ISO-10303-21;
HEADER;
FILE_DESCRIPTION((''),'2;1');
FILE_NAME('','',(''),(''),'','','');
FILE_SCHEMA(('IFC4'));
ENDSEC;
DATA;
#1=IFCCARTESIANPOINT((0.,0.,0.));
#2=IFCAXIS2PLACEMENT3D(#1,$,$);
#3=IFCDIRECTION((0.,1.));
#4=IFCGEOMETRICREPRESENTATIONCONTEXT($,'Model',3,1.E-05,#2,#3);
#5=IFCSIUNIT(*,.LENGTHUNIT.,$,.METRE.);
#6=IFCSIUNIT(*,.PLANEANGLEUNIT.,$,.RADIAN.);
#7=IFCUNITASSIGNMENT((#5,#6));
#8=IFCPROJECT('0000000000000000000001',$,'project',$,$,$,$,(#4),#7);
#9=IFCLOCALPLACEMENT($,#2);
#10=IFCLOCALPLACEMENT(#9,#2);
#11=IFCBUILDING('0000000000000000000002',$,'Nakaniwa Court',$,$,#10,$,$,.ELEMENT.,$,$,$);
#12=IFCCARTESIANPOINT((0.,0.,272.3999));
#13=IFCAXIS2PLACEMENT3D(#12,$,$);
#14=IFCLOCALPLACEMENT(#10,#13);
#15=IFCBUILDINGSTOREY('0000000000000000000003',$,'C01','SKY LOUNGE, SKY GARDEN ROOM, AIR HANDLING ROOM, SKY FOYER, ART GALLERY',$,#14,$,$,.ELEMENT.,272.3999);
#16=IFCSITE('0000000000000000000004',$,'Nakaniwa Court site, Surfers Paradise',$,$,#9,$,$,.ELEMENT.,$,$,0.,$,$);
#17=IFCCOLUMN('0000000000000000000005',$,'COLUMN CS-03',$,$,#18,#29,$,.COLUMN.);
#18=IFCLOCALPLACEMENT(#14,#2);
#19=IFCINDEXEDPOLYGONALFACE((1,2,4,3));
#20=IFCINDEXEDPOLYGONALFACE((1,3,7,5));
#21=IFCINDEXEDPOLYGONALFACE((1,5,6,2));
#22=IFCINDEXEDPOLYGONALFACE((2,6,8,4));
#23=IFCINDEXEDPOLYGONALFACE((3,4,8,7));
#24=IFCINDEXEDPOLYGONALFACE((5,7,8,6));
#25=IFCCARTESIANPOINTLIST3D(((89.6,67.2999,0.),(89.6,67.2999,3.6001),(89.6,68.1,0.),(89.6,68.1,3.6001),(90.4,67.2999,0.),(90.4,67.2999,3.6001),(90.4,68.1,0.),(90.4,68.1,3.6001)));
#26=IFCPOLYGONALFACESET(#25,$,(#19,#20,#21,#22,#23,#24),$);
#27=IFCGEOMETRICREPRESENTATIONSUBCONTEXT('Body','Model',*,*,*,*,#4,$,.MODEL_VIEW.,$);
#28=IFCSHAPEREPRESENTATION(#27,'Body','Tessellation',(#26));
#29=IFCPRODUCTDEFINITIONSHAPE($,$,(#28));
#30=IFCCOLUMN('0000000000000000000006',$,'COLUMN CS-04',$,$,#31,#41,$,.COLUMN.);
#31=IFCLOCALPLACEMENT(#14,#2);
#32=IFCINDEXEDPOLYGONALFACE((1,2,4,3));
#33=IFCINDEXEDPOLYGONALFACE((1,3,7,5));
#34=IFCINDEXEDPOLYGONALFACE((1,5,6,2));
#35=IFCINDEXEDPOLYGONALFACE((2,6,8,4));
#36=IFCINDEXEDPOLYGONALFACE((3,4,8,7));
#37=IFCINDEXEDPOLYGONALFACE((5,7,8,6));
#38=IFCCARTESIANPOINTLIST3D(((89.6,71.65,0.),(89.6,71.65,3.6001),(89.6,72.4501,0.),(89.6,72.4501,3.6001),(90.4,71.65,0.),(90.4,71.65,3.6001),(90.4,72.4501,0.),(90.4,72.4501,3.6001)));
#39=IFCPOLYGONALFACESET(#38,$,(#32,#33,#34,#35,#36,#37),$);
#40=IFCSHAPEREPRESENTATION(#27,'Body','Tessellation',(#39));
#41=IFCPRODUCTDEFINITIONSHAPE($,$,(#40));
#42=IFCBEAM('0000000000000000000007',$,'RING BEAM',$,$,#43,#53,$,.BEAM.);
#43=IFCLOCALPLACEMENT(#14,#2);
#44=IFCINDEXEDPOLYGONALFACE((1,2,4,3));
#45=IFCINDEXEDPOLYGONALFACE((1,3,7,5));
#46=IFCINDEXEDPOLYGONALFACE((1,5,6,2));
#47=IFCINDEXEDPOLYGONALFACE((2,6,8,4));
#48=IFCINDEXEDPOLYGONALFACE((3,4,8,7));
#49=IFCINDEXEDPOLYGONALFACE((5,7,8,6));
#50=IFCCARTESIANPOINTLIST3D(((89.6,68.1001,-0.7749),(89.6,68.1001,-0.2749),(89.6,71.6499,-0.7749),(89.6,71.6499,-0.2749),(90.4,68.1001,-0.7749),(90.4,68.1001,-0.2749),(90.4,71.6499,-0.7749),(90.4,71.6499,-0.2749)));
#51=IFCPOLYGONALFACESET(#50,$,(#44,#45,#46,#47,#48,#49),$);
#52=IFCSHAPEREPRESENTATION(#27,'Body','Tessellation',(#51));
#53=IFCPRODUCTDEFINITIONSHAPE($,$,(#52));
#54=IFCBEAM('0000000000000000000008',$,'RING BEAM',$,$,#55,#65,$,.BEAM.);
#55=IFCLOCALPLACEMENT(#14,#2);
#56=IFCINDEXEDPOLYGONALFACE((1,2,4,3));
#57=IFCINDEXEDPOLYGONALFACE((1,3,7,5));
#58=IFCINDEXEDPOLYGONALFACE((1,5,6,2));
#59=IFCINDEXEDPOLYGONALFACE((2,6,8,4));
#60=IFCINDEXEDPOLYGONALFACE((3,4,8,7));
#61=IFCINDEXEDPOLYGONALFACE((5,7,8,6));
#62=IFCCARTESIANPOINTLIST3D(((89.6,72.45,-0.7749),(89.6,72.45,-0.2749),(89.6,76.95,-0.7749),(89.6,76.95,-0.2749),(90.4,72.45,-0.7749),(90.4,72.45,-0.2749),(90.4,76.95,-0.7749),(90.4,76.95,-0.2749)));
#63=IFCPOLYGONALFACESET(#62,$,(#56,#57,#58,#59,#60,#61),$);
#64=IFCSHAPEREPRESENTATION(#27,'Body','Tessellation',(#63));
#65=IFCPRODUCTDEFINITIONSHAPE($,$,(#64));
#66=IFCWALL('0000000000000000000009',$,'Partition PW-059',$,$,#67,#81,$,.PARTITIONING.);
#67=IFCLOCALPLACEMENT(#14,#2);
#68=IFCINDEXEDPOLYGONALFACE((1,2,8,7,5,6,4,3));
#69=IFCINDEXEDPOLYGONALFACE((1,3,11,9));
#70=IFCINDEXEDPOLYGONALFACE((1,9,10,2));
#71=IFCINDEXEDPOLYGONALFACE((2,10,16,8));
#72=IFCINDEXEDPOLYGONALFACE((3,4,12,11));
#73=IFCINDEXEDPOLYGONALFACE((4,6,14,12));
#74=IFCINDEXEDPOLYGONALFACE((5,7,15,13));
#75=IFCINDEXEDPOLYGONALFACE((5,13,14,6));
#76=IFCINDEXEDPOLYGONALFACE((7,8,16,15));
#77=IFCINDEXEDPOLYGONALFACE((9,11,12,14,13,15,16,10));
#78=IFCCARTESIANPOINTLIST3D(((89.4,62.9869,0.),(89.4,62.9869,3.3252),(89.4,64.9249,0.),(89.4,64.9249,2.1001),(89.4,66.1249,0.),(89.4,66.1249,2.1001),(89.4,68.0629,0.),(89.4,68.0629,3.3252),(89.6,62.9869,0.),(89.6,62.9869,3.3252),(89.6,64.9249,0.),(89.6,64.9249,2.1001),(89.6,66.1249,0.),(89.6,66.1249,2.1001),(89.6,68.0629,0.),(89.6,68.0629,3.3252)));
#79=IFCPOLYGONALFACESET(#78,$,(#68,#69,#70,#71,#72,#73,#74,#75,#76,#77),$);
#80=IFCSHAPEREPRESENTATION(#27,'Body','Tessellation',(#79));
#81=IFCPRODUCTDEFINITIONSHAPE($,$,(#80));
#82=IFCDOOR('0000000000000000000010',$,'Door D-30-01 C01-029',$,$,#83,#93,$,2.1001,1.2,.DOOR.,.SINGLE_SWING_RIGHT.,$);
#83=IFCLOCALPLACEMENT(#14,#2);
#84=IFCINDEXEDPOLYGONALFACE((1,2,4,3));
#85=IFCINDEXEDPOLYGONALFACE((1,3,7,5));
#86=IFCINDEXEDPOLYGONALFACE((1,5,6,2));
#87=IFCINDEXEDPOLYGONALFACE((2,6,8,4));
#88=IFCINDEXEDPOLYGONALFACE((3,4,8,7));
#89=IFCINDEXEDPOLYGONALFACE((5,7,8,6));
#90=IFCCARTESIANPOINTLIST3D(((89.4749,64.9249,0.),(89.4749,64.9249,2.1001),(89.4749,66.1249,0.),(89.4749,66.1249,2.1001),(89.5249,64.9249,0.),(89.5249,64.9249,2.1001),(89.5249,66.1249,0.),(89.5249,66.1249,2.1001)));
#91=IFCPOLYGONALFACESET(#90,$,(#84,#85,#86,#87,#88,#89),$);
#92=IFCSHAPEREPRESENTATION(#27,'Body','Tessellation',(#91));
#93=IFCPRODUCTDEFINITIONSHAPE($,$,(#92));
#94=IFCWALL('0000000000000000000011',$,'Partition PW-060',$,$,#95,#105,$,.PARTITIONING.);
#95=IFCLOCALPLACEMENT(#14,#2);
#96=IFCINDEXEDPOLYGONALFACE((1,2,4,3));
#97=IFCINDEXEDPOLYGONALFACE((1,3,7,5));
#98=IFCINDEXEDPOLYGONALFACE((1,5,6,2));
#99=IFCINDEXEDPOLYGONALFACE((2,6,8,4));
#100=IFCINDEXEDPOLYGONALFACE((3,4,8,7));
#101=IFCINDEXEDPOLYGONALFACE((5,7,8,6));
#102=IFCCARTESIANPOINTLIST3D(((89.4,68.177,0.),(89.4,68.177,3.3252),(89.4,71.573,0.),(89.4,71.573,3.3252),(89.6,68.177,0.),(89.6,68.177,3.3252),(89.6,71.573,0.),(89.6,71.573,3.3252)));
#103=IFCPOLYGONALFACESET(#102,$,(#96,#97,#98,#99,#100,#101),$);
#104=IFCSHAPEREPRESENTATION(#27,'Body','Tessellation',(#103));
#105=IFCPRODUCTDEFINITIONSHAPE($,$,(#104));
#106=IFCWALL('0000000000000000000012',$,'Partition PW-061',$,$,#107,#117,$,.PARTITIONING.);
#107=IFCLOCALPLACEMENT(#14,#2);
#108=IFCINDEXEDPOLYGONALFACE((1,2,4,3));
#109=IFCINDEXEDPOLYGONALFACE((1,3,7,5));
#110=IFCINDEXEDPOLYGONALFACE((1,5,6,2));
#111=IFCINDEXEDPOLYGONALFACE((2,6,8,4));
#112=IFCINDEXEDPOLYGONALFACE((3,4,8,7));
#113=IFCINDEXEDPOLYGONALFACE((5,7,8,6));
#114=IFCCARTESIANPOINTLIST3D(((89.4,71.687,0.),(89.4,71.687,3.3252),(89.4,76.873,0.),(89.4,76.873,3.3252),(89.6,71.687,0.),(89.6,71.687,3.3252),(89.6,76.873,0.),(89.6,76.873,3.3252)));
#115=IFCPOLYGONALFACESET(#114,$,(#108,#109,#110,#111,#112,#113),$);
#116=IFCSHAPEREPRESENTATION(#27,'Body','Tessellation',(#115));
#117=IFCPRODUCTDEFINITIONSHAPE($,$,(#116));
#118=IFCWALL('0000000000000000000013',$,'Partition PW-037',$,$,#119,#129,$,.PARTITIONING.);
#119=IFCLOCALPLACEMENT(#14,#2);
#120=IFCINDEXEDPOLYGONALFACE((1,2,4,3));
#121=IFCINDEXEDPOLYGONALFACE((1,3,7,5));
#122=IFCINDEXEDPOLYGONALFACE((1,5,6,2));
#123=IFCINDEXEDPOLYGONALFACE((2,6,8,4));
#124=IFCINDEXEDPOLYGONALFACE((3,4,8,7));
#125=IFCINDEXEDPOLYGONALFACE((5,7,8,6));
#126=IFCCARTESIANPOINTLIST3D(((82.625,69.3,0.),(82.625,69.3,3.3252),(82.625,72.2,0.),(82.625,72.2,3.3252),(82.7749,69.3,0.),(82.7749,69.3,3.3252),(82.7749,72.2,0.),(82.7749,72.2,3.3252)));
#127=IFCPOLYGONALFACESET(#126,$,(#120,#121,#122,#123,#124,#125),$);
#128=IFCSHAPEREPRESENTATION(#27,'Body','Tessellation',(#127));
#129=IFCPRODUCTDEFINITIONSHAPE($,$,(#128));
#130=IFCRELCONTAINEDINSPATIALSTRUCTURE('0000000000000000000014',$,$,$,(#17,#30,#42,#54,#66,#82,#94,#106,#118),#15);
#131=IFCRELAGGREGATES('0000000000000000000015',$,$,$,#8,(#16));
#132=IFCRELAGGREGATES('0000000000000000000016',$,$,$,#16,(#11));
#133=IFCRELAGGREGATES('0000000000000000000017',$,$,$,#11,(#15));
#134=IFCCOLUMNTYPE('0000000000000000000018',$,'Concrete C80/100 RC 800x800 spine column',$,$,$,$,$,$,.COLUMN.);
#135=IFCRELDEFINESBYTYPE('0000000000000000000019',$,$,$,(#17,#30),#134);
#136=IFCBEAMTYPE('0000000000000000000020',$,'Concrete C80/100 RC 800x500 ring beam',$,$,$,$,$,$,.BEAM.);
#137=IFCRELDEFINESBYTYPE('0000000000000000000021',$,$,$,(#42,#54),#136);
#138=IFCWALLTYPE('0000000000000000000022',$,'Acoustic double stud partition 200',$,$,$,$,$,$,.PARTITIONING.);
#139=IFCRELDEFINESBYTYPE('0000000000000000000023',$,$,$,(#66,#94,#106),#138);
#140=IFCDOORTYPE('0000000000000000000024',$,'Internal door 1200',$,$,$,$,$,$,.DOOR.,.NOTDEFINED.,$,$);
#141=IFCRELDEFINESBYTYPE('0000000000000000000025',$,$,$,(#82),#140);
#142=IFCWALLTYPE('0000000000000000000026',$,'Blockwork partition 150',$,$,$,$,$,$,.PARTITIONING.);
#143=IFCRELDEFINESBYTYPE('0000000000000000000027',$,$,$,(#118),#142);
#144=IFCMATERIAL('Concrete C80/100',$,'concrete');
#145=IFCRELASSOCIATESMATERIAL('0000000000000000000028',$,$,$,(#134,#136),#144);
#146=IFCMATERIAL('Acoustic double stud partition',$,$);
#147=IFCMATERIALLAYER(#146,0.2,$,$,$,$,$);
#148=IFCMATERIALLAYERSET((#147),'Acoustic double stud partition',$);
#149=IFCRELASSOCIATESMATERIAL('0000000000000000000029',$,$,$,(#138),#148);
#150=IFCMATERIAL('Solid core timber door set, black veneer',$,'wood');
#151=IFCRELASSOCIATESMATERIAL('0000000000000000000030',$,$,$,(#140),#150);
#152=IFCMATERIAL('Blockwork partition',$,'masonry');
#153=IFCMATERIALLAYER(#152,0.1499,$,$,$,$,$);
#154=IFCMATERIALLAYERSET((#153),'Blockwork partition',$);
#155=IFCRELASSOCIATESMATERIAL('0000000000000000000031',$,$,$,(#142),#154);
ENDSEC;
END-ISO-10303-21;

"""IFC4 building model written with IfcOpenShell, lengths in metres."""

from ifc_helpers import new_model, si_unit, direction, frame, frame_2d, origin, origin_2d, place, context, subcontext, project, spatial, rectangle, extrude, material, layer, layer_set, material_profile, profile_set, type_object, element, fill, save


model = new_model("IFC4")

# Units and contexts
model_context = context("Model", 3, precision=1e-05, world=origin(), true_north=direction((0.0, 1.0)))
body_context = subcontext(model_context, "Body", "Model", "MODEL_VIEW")
ifc_project = project(units=[si_unit("LENGTHUNIT", "METRE"), si_unit("PLANEANGLEUNIT", "RADIAN")], contexts=[model_context])

# Site, building, storey
site_placement = place(None, origin())
site = spatial("IfcSite", under=ifc_project, at=site_placement, Name="Nakaniwa Court site, Surfers Paradise", CompositionType="ELEMENT", RefElevation=0.0)
building_placement = place(site_placement, origin())
building = spatial("IfcBuilding", under=site, at=building_placement, Name="Nakaniwa Court", CompositionType="ELEMENT")
storey_placement = place(building_placement, frame((0.0, 0.0, 272.3999)))
storey = spatial("IfcBuildingStorey", under=building, at=storey_placement, Name="C01", Description="SKY LOUNGE, SKY GARDEN ROOM, AIR HANDLING ROOM, SKY FOYER, ART GALLERY", CompositionType="ELEMENT", Elevation=272.3999)

# Columns
ifc_material_1 = material(Name="Concrete C80/100", Category="concrete")
ifc_material_profile_1 = material_profile(ifc_material_1, rectangle(XDim=0.8, YDim=0.8, at=origin_2d()), Name="Concrete C80/100 RC 800x800 spine column")
ifc_profile_set_1 = profile_set([ifc_material_profile_1], Name="Concrete C80/100")
column_type = type_object("IfcColumnType", Name="Concrete C80/100 RC 800x800 spine column", PredefinedType="COLUMN", material=ifc_profile_set_1)
for number, where, z_axis, x_axis, name in (
    (1, (90.0, 67.7, 0.0), (0.0, 0.0, 1.0), (0.0, 1.0, 0.0), "COLUMN CS-03"),
    (2, (90.0, 72.05, 0.0), (0.0, 0.0, 1.0), (0.0, 1.0, 0.0), "COLUMN CS-04"),
):
    element("IfcColumn", number, at=place(storey_placement, frame(where, z_axis=z_axis, x_axis=x_axis)), inside=storey, type_object=column_type, Name=name, PredefinedType="COLUMN", context=body_context, shape_type="SweptSolid", body=[
        extrude(rectangle(XDim=0.8, YDim=0.8, at=origin_2d()), origin(), (0.0, 0.0, 1.0), 3.6001),
    ])

# Beams
ifc_material_profile_2 = material_profile(ifc_material_1, rectangle(XDim=0.8, YDim=0.5, at=origin_2d()), Name="Concrete C80/100 RC 800x500 ring beam")
ifc_profile_set_2 = profile_set([ifc_material_profile_2], Name="Concrete C80/100")
beam_type = type_object("IfcBeamType", Name="Concrete C80/100 RC 800x500 ring beam", PredefinedType="BEAM", material=ifc_profile_set_2)
beam_1_placement = place(storey_placement, frame((90.0, 68.1001, -0.5249), z_axis=(0.0, 1.0, 0.0), x_axis=(-1.0, 0.0, 0.0)))
element("IfcBeam", 3, at=beam_1_placement, inside=storey, type_object=beam_type, Name="RING BEAM", PredefinedType="BEAM", context=body_context, shape_type="SweptSolid", body=[
    extrude(rectangle(XDim=0.8, YDim=0.5, at=origin_2d()), origin(), (0.0, 0.0, 1.0), 3.5498),
])
beam_2_placement = place(storey_placement, frame((90.0, 72.45, -0.5249), z_axis=(0.0, 1.0, 0.0), x_axis=(-1.0, 0.0, 0.0)))
element("IfcBeam", 4, at=beam_2_placement, inside=storey, type_object=beam_type, Name="RING BEAM", PredefinedType="BEAM", context=body_context, shape_type="SweptSolid", body=[
    extrude(rectangle(XDim=0.8, YDim=0.5, at=origin_2d()), origin(), (0.0, 0.0, 1.0), 4.5),
])

# Wall, opening, door
ifc_material_2 = material(Name="Acoustic double stud partition")
ifc_layer_1 = layer(ifc_material_2, 0.2)
ifc_layer_set_1 = layer_set([ifc_layer_1], Name="Acoustic double stud partition")
wall_type_1 = type_object("IfcWallType", Name="Acoustic double stud partition 200", PredefinedType="PARTITIONING", material=ifc_layer_set_1)
wall_1_placement = place(storey_placement, frame((89.5, 68.063, 0.0), z_axis=(0.0, 0.0, 1.0), x_axis=(0.0, -1.0, 0.0)))
wall_1 = element("IfcWall", 5, at=wall_1_placement, inside=storey, type_object=wall_type_1, Name="Partition PW-059", PredefinedType="PARTITIONING", context=body_context, shape_type="SweptSolid", body=[
    extrude(rectangle(XDim=5.0759, YDim=0.2, at=frame_2d((2.5381, 0.0))), origin(), (0.0, 0.0, 1.0), 3.3252),
])
opening_1_placement = place(wall_1_placement, frame((1.938, 0.0, 0.0)))
opening_1 = element("IfcOpeningElement", 6, at=opening_1_placement, cuts=wall_1, PredefinedType="OPENING", context=body_context, shape_type="SweptSolid", body=[
    extrude(rectangle(XDim=1.2, YDim=2.1001, at=frame_2d((0.6001, 1.05))), frame((0.0, 0.1099, 0.0), z_axis=(0.0, -1.0, 0.0), x_axis=(1.0, 0.0, 0.0)), (0.0, 0.0, 1.0), 0.22),
])
ifc_material_3 = material(Name="Solid core timber door set, black veneer", Category="wood")
door_type_1 = type_object("IfcDoorType", Name="Internal door 1200", OperationType="NOTDEFINED", PredefinedType="DOOR", material=ifc_material_3)
door_1_placement = place(opening_1_placement, origin())
door_1 = element("IfcDoor", 7, at=door_1_placement, inside=storey, type_object=door_type_1, Name="Door D-30-01 C01-029", OperationType="SINGLE_SWING_RIGHT", OverallHeight=2.1001, OverallWidth=1.2, PredefinedType="DOOR", context=body_context, shape_type="SweptSolid", body=[
    extrude(rectangle(XDim=1.2, YDim=2.1001, at=frame_2d((0.6001, 1.05))), frame((0.0, 0.0249, 0.0), z_axis=(0.0, -1.0, 0.0), x_axis=(1.0, 0.0, 0.0)), (0.0, 0.0, 1.0), 0.05),
])
fill(opening_1, door_1)

# Walls
wall_2_placement = place(storey_placement, frame((89.5, 68.177, 0.0), z_axis=(0.0, 0.0, 1.0), x_axis=(0.0, 1.0, 0.0)))
element("IfcWall", 8, at=wall_2_placement, inside=storey, type_object=wall_type_1, Name="Partition PW-060", PredefinedType="PARTITIONING", context=body_context, shape_type="SweptSolid", body=[
    extrude(rectangle(XDim=3.396, YDim=0.2, at=frame_2d((1.698, 0.0))), origin(), (0.0, 0.0, 1.0), 3.3252),
])
wall_3_placement = place(storey_placement, frame((89.5, 71.687, 0.0), z_axis=(0.0, 0.0, 1.0), x_axis=(0.0, 1.0, 0.0)))
element("IfcWall", 9, at=wall_3_placement, inside=storey, type_object=wall_type_1, Name="Partition PW-061", PredefinedType="PARTITIONING", context=body_context, shape_type="SweptSolid", body=[
    extrude(rectangle(XDim=5.186, YDim=0.2, at=frame_2d((2.593, 0.0))), origin(), (0.0, 0.0, 1.0), 3.3252),
])
ifc_material_4 = material(Name="Blockwork partition", Category="masonry")
ifc_layer_2 = layer(ifc_material_4, 0.1499)
ifc_layer_set_2 = layer_set([ifc_layer_2], Name="Blockwork partition")
wall_type_2 = type_object("IfcWallType", Name="Blockwork partition 150", PredefinedType="PARTITIONING", material=ifc_layer_set_2)
wall_4_placement = place(storey_placement, frame((82.7, 69.3, 0.0), z_axis=(0.0, 0.0, 1.0), x_axis=(0.0, 1.0, 0.0)))
element("IfcWall", 10, at=wall_4_placement, inside=storey, type_object=wall_type_2, Name="Partition PW-037", PredefinedType="PARTITIONING", context=body_context, shape_type="SweptSolid", body=[
    extrude(rectangle(XDim=2.8999, YDim=0.1499, at=frame_2d((1.45, 0.0))), origin(), (0.0, 0.0, 1.0), 3.3252),
])

save(model, "model.ifc")
